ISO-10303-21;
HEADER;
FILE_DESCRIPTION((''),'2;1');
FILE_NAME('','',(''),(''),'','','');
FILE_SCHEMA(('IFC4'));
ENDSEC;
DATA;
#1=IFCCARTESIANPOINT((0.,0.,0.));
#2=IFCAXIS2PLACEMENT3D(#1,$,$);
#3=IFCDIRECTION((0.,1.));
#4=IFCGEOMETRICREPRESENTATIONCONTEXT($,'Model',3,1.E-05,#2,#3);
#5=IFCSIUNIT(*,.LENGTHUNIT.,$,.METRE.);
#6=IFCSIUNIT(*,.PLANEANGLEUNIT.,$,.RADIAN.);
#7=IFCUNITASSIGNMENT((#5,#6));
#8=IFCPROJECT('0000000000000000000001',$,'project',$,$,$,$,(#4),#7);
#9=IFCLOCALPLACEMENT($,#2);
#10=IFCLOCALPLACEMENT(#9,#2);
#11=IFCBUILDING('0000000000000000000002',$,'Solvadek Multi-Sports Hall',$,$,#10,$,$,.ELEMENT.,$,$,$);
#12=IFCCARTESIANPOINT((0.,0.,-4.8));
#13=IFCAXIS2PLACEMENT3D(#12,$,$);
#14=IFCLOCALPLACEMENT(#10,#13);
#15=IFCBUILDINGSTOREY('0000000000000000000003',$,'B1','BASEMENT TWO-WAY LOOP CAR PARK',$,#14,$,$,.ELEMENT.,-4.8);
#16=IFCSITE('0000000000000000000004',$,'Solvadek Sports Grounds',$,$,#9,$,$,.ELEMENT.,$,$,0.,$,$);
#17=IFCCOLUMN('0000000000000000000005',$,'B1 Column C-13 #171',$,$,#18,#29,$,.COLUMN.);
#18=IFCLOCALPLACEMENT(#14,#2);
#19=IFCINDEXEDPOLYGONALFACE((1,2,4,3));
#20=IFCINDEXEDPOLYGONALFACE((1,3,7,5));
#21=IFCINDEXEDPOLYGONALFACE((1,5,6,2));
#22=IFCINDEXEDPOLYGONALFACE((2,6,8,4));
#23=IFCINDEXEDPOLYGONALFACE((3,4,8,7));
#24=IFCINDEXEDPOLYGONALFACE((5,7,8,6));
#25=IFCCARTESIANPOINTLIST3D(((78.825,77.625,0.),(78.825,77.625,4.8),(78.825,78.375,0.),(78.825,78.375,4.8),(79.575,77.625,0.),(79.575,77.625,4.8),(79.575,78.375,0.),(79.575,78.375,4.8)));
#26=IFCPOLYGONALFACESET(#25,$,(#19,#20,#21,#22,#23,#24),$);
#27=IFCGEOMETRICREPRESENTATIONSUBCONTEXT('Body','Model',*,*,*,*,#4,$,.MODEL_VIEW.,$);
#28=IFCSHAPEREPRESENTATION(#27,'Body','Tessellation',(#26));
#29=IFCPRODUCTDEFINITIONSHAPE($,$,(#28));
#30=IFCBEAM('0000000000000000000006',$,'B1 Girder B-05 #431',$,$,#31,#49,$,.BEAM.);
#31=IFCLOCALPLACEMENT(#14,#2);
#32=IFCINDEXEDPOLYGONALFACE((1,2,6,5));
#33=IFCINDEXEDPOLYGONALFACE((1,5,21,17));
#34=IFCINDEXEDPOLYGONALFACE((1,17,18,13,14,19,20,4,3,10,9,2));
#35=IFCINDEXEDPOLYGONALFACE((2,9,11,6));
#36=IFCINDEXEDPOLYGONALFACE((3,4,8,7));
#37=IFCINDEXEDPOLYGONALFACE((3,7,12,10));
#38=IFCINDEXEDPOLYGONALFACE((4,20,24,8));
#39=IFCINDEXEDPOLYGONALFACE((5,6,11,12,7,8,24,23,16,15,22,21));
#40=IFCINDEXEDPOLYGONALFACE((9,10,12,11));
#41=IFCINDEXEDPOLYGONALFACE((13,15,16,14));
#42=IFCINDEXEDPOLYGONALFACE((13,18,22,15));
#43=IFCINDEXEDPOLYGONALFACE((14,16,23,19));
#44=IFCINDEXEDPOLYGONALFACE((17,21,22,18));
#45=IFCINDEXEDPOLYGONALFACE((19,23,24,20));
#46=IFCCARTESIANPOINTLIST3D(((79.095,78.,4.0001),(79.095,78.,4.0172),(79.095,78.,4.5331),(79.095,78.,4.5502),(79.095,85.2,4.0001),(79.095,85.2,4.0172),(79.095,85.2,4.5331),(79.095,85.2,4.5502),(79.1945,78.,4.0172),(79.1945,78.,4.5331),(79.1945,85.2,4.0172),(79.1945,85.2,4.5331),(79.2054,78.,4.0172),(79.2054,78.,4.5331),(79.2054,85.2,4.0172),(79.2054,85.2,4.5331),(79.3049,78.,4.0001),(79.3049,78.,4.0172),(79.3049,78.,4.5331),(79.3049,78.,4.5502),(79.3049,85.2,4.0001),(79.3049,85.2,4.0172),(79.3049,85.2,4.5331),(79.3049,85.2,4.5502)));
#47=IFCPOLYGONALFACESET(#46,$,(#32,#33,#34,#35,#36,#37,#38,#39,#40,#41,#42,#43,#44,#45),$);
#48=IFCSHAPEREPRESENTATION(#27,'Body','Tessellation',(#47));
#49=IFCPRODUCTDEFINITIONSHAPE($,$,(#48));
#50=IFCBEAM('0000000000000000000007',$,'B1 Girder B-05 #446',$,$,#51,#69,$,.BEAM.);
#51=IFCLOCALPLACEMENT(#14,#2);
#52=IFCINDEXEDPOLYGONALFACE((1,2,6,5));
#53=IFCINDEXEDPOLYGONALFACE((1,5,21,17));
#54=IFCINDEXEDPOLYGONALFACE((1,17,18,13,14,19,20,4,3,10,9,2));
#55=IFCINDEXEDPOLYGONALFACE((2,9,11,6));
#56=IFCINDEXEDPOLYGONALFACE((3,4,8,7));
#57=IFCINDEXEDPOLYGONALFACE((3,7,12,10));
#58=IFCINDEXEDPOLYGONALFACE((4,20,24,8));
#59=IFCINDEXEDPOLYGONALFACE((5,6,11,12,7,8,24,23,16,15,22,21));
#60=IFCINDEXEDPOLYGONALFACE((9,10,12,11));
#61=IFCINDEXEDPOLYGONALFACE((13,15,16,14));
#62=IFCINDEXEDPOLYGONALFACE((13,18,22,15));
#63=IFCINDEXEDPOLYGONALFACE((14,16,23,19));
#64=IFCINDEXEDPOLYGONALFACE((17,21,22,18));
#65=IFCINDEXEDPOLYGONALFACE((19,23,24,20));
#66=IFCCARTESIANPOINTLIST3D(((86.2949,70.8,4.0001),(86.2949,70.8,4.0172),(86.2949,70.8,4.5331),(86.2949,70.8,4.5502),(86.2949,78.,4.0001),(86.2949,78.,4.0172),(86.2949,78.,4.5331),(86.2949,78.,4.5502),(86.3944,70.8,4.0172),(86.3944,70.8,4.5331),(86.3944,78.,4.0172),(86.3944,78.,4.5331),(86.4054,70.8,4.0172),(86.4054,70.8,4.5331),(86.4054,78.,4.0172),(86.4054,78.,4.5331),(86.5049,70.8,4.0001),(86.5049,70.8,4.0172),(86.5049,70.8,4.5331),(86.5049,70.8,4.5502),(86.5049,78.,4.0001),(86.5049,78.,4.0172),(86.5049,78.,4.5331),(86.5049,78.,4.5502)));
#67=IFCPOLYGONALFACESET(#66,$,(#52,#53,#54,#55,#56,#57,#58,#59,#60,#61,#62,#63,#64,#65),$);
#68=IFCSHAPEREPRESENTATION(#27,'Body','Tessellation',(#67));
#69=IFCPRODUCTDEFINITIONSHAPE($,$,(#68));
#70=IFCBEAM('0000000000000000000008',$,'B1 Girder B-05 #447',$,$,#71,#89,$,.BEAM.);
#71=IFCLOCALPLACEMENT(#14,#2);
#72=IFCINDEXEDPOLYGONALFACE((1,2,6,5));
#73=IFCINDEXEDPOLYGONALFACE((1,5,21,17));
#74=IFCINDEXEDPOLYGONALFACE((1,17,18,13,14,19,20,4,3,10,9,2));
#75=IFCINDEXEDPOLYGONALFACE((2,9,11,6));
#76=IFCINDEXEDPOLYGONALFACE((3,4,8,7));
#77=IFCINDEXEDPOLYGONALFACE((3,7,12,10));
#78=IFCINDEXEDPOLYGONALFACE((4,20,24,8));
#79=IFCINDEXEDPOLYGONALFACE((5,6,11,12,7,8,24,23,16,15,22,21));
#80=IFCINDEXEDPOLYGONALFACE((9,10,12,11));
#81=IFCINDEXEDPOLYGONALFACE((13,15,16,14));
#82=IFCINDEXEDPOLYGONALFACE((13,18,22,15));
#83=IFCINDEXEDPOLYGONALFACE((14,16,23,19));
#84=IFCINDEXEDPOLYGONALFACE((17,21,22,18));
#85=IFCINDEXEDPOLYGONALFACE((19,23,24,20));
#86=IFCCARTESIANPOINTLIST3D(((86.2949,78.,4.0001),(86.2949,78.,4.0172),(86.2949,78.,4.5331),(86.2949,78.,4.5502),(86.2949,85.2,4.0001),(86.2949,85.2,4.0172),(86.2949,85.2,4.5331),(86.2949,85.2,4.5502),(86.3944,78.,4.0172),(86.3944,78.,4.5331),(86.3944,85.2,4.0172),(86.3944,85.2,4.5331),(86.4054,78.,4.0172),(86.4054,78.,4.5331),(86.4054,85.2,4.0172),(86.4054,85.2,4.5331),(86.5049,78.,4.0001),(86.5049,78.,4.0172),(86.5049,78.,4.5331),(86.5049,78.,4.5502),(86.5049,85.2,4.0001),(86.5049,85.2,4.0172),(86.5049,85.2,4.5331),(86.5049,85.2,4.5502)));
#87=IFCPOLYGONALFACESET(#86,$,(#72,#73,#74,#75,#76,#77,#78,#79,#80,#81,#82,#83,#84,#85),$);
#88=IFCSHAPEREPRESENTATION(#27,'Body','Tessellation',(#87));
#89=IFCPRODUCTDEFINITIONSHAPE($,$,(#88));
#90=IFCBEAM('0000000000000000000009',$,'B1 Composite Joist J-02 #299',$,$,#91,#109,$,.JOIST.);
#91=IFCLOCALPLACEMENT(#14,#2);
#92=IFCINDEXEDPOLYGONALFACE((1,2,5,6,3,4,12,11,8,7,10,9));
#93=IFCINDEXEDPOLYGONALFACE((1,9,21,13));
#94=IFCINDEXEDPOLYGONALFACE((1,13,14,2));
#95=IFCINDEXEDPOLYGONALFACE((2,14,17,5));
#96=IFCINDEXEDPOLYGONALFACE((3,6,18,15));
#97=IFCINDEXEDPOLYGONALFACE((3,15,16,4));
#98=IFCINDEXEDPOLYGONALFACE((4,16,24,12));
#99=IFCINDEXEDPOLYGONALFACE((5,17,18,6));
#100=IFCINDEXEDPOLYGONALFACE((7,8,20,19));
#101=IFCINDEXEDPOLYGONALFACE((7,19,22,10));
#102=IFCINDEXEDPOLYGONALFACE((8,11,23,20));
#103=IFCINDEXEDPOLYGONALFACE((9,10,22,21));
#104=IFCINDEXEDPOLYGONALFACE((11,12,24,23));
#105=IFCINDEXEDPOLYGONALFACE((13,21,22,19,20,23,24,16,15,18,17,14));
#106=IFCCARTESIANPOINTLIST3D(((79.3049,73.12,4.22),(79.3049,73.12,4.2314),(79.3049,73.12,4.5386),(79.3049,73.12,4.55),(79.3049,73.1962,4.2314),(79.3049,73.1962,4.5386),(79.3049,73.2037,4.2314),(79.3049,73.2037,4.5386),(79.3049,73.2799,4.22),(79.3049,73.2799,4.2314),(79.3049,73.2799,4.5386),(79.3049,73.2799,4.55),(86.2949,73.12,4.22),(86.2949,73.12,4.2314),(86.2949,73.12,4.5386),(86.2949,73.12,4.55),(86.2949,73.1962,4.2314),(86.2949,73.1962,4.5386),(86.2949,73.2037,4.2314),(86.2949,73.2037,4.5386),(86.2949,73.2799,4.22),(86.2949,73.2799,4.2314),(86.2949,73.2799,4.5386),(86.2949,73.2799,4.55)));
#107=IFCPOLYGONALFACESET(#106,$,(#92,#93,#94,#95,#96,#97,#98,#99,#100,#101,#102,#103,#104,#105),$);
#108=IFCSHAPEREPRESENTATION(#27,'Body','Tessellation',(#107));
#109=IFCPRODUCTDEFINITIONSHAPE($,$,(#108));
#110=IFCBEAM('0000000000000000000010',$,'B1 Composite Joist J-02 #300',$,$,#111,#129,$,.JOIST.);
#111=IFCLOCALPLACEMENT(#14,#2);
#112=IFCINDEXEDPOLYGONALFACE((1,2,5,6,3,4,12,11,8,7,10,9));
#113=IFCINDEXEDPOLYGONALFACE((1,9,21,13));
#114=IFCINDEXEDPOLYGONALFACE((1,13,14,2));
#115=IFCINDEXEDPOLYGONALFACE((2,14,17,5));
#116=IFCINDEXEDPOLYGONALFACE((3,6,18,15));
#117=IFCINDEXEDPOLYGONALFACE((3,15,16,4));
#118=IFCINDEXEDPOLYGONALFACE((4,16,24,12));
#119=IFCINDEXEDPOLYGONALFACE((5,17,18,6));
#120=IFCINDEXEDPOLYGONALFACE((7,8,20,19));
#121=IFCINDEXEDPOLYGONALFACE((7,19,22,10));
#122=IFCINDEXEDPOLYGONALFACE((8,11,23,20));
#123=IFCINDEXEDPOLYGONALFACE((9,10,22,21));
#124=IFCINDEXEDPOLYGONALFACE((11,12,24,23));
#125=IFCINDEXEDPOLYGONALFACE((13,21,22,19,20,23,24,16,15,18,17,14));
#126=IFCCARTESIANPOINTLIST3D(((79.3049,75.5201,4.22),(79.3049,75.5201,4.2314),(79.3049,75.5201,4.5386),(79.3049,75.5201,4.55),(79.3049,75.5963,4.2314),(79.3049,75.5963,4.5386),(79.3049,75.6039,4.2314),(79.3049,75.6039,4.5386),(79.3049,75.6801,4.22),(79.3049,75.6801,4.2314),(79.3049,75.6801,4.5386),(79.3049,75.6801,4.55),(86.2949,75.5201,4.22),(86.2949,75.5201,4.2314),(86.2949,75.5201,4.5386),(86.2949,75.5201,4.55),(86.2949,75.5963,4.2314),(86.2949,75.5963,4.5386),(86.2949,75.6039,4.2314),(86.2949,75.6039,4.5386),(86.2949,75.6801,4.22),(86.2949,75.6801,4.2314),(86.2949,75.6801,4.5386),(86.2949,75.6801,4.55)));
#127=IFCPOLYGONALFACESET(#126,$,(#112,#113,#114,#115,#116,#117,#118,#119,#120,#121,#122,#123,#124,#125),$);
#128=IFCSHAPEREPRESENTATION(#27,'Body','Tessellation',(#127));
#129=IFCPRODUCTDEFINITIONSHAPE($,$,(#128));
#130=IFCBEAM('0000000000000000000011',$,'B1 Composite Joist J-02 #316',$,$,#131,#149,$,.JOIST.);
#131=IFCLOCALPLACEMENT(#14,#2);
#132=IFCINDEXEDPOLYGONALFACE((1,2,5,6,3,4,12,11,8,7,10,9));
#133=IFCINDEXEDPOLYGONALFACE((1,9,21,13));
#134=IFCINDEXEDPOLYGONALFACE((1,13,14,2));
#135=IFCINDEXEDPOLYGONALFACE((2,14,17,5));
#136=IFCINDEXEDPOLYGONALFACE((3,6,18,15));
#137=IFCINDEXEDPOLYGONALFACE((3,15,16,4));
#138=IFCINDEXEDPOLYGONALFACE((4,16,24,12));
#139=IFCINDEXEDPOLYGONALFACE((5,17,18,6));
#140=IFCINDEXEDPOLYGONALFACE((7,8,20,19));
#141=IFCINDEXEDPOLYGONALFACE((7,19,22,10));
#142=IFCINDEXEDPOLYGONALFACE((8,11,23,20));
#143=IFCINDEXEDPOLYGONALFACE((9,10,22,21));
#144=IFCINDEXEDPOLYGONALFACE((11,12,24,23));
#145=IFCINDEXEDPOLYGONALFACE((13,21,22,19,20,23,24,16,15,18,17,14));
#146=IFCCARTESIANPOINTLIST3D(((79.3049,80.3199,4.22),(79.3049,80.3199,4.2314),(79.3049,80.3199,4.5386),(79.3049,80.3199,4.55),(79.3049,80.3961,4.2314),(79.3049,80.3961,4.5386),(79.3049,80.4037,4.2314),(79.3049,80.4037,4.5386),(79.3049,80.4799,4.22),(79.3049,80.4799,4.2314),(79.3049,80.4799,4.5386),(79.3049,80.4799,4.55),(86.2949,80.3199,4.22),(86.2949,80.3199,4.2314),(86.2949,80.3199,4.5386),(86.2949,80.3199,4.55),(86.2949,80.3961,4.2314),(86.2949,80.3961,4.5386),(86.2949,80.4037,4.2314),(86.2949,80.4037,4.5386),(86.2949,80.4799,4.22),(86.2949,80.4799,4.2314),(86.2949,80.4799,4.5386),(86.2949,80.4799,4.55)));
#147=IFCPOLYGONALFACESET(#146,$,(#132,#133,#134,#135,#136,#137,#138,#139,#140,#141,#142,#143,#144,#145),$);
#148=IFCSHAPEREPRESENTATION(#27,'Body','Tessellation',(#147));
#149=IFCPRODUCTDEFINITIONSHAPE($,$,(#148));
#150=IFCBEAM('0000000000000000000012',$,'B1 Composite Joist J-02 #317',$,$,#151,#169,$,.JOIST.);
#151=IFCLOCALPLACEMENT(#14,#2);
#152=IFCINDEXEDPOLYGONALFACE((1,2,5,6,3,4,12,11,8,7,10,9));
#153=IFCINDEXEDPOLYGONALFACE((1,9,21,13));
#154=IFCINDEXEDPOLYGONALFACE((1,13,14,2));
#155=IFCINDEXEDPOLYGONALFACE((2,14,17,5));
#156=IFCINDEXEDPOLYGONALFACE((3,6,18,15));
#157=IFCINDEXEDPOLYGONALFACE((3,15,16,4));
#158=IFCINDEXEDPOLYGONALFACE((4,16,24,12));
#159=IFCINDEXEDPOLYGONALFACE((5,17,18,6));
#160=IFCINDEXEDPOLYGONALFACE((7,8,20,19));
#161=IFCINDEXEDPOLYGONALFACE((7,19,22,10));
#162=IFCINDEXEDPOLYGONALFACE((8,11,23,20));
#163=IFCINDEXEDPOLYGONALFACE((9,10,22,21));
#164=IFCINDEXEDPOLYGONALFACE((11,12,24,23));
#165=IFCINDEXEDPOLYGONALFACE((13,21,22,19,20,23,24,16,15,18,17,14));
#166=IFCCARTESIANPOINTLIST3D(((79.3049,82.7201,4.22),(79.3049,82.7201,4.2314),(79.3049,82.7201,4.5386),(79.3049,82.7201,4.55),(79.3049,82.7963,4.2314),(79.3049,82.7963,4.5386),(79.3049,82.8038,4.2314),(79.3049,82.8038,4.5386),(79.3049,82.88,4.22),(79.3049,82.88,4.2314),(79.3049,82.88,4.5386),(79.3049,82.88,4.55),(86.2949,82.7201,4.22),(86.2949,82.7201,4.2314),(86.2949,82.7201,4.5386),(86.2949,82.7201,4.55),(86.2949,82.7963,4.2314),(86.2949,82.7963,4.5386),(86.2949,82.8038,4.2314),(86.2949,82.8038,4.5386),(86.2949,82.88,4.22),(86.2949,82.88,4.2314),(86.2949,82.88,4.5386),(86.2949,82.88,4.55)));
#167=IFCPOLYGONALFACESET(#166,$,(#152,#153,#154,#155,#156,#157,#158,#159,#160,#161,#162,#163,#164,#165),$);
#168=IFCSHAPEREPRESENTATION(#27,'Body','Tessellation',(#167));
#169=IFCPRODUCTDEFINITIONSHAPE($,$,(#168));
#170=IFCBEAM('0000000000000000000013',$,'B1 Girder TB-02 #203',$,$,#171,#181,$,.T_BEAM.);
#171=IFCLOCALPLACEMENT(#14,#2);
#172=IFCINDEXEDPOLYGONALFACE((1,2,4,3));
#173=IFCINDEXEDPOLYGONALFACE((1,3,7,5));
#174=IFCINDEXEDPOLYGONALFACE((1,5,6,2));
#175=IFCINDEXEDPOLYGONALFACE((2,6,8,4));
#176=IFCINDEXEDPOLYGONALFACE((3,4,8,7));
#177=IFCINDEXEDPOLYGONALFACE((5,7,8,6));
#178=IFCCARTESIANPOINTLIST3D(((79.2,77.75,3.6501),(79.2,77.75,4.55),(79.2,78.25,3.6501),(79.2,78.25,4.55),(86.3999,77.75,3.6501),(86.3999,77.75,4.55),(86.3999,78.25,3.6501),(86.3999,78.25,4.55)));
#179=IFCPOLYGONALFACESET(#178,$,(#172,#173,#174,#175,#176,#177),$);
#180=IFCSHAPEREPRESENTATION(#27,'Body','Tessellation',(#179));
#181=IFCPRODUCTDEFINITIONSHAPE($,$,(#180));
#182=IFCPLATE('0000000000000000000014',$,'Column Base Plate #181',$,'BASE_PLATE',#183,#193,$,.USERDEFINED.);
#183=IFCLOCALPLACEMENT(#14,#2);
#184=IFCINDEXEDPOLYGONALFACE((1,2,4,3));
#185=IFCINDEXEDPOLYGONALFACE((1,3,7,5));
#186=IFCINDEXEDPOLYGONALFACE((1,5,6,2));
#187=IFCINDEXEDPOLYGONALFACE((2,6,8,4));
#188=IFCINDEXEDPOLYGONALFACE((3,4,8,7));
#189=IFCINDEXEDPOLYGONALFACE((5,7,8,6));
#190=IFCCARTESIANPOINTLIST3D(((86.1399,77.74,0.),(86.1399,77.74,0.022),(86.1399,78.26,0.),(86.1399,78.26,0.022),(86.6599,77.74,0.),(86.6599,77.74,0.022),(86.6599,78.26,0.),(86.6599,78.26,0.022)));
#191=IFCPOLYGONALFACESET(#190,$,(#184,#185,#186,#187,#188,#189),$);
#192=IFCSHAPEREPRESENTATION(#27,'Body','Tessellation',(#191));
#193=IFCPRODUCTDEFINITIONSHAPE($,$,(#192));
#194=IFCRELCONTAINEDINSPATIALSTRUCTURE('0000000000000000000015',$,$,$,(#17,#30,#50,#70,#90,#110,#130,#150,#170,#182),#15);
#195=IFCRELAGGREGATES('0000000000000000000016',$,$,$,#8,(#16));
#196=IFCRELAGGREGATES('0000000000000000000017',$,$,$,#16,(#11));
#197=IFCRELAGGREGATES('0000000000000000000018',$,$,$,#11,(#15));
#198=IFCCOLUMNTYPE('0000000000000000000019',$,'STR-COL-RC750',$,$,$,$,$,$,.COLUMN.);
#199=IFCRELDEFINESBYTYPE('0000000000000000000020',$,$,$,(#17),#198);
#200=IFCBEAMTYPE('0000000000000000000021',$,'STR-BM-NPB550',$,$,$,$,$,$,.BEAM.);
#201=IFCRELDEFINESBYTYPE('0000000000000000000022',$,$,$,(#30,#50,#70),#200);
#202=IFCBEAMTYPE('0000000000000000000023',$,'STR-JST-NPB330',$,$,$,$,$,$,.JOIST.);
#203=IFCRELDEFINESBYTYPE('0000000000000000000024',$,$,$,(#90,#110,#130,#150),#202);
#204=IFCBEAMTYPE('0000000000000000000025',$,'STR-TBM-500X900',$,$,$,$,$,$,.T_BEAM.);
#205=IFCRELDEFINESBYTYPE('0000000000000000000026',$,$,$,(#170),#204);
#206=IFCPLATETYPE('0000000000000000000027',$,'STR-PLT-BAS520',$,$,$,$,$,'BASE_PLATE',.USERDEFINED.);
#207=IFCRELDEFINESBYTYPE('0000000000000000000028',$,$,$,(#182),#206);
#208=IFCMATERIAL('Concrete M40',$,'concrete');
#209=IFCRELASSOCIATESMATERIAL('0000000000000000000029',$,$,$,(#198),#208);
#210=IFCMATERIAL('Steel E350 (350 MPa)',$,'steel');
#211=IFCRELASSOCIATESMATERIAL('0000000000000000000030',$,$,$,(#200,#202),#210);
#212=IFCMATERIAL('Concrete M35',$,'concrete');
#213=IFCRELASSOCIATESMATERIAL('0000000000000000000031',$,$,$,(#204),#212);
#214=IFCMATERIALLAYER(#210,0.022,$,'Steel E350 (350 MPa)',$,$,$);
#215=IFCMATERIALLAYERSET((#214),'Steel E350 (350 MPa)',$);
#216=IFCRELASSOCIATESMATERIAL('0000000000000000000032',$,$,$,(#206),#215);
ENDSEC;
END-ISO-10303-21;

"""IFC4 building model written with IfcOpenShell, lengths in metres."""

from ifc_helpers import new_model, si_unit, direction, frame, origin, origin_2d, place, context, subcontext, project, spatial, rectangle, i_section, extrude, material, layer, layer_set, material_profile, profile_set, type_object, element, save


model = new_model("IFC4")

# Units and contexts
model_context = context("Model", 3, precision=1e-05, world=origin(), true_north=direction((0.0, 1.0)))
body_context = subcontext(model_context, "Body", "Model", "MODEL_VIEW")
ifc_project = project(units=[si_unit("LENGTHUNIT", "METRE"), si_unit("PLANEANGLEUNIT", "RADIAN")], contexts=[model_context])

# Site, building, storey
site_placement = place(None, origin())
site = spatial("IfcSite", under=ifc_project, at=site_placement, Name="Solvadek Sports Grounds", CompositionType="ELEMENT", RefElevation=0.0)
building_placement = place(site_placement, origin())
building = spatial("IfcBuilding", under=site, at=building_placement, Name="Solvadek Multi-Sports Hall", CompositionType="ELEMENT")
storey_placement = place(building_placement, frame((0.0, 0.0, -4.8)))
storey = spatial("IfcBuildingStorey", under=building, at=storey_placement, Name="B1", Description="BASEMENT TWO-WAY LOOP CAR PARK", CompositionType="ELEMENT", Elevation=-4.8)

# Shared definitions
ifc_material_1 = material(Name="Concrete M40", Category="concrete")

# Shared definitions
ifc_material_2 = material(Name="Concrete M35", Category="concrete")

# Column
ifc_material_3 = material(Name="Steel E350 (350 MPa)", Category="steel")
ifc_material_profile_1 = material_profile(ifc_material_1, rectangle(XDim=0.75, YDim=0.75, at=origin_2d()), Name="RC 750x750")
ifc_profile_set_1 = profile_set([ifc_material_profile_1], Name="Concrete M40")
column_type_1 = type_object("IfcColumnType", Name="STR-COL-RC750", PredefinedType="COLUMN", material=ifc_profile_set_1)
column_1_placement = place(storey_placement, frame((79.2, 78.0, 0.0), z_axis=(0.0, 0.0, 1.0), x_axis=(1.0, 0.0, 0.0)))
element("IfcColumn", 1, at=column_1_placement, inside=storey, type_object=column_type_1, Name="B1 Column C-13 #171", PredefinedType="COLUMN", context=body_context, shape_type="SweptSolid", body=[
    extrude(rectangle(XDim=0.75, YDim=0.75, at=origin_2d()), origin(), (0.0, 0.0, 1.0), 4.8),
])

# Beams
ifc_material_profile_2 = material_profile(ifc_material_3, i_section(OverallWidth=0.21, OverallDepth=0.55, WebThickness=0.011, FlangeThickness=0.0171, at=origin_2d()), Name="NPB 550")
ifc_profile_set_2 = profile_set([ifc_material_profile_2], Name="Steel E350 (350 MPa)")
beam_type_1 = type_object("IfcBeamType", Name="STR-BM-NPB550", PredefinedType="BEAM", material=ifc_profile_set_2)
for number, where, z_axis, x_axis, name in (
    (2, (79.2, 78.0, 4.2751), (0.0, 1.0, 0.0), (-1.0, 0.0, 0.0), "B1 Girder B-05 #431"),
    (3, (86.3999, 70.8, 4.2751), (0.0, 1.0, 0.0), (-1.0, 0.0, 0.0), "B1 Girder B-05 #446"),
    (4, (86.3999, 78.0, 4.2751), (0.0, 1.0, 0.0), (-1.0, 0.0, 0.0), "B1 Girder B-05 #447"),
):
    element("IfcBeam", number, at=place(storey_placement, frame(where, z_axis=z_axis, x_axis=x_axis)), inside=storey, type_object=beam_type_1, Name=name, PredefinedType="BEAM", context=body_context, shape_type="SweptSolid", body=[
        extrude(i_section(OverallWidth=0.21, OverallDepth=0.55, WebThickness=0.011, FlangeThickness=0.0171, at=origin_2d()), origin(), (0.0, 0.0, 1.0), 7.2),
    ])
ifc_material_profile_3 = material_profile(ifc_material_3, i_section(OverallWidth=0.1599, OverallDepth=0.3301, WebThickness=0.0076, FlangeThickness=0.0115, at=origin_2d()), Name="NPB 330")
ifc_profile_set_3 = profile_set([ifc_material_profile_3], Name="Steel E350 (350 MPa)")
beam_type_2 = type_object("IfcBeamType", Name="STR-JST-NPB330", PredefinedType="JOIST", material=ifc_profile_set_3)
for number, where, z_axis, x_axis, name in (
    (5, (79.3049, 73.2, 4.385), (1.0, 0.0, 0.0), (0.0, 1.0, 0.0), "B1 Composite Joist J-02 #299"),
    (6, (79.3049, 75.6001, 4.385), (1.0, 0.0, 0.0), (0.0, 1.0, 0.0), "B1 Composite Joist J-02 #300"),
    (7, (79.3049, 80.3999, 4.385), (1.0, 0.0, 0.0), (0.0, 1.0, 0.0), "B1 Composite Joist J-02 #316"),
    (8, (79.3049, 82.8, 4.385), (1.0, 0.0, 0.0), (0.0, 1.0, 0.0), "B1 Composite Joist J-02 #317"),
):
    element("IfcBeam", number, at=place(storey_placement, frame(where, z_axis=z_axis, x_axis=x_axis)), inside=storey, type_object=beam_type_2, Name=name, PredefinedType="JOIST", context=body_context, shape_type="SweptSolid", body=[
        extrude(i_section(OverallWidth=0.1599, OverallDepth=0.3301, WebThickness=0.0076, FlangeThickness=0.0115, at=origin_2d()), origin(), (0.0, 0.0, 1.0), 6.99),
    ])
ifc_material_profile_4 = material_profile(ifc_material_2, rectangle(XDim=0.5, YDim=0.8999, at=origin_2d()), Name="RC T-BEAM 500x900")
ifc_profile_set_4 = profile_set([ifc_material_profile_4], Name="Concrete M35")
beam_type_3 = type_object("IfcBeamType", Name="STR-TBM-500X900", PredefinedType="T_BEAM", material=ifc_profile_set_4)
beam_placement = place(storey_placement, frame((79.2, 78.0, 4.1001), z_axis=(1.0, 0.0, 0.0), x_axis=(0.0, 1.0, 0.0)))
element("IfcBeam", 9, at=beam_placement, inside=storey, type_object=beam_type_3, Name="B1 Girder TB-02 #203", PredefinedType="T_BEAM", context=body_context, shape_type="SweptSolid", body=[
    extrude(rectangle(XDim=0.5, YDim=0.8999, at=origin_2d()), origin(), (0.0, 0.0, 1.0), 7.2),
])

# Plate
ifc_layer = layer(ifc_material_3, 0.022, Name="Steel E350 (350 MPa)")
ifc_layer_set = layer_set([ifc_layer], Name="Steel E350 (350 MPa)")
plate_type = type_object("IfcPlateType", Name="STR-PLT-BAS520", ElementType="BASE_PLATE", PredefinedType="USERDEFINED", material=ifc_layer_set)
plate_placement = place(storey_placement, frame((86.3999, 78.0, 0.0), z_axis=(0.0, 0.0, 1.0), x_axis=(1.0, 0.0, 0.0)))
element("IfcPlate", 10, at=plate_placement, inside=storey, type_object=plate_type, Name="Column Base Plate #181", ObjectType="BASE_PLATE", PredefinedType="USERDEFINED", context=body_context, shape_type="SweptSolid", body=[
    extrude(rectangle(XDim=0.52, YDim=0.52, at=origin_2d()), origin(), (0.0, 0.0, 1.0), 0.022),
])

save(model, "model.ifc")
